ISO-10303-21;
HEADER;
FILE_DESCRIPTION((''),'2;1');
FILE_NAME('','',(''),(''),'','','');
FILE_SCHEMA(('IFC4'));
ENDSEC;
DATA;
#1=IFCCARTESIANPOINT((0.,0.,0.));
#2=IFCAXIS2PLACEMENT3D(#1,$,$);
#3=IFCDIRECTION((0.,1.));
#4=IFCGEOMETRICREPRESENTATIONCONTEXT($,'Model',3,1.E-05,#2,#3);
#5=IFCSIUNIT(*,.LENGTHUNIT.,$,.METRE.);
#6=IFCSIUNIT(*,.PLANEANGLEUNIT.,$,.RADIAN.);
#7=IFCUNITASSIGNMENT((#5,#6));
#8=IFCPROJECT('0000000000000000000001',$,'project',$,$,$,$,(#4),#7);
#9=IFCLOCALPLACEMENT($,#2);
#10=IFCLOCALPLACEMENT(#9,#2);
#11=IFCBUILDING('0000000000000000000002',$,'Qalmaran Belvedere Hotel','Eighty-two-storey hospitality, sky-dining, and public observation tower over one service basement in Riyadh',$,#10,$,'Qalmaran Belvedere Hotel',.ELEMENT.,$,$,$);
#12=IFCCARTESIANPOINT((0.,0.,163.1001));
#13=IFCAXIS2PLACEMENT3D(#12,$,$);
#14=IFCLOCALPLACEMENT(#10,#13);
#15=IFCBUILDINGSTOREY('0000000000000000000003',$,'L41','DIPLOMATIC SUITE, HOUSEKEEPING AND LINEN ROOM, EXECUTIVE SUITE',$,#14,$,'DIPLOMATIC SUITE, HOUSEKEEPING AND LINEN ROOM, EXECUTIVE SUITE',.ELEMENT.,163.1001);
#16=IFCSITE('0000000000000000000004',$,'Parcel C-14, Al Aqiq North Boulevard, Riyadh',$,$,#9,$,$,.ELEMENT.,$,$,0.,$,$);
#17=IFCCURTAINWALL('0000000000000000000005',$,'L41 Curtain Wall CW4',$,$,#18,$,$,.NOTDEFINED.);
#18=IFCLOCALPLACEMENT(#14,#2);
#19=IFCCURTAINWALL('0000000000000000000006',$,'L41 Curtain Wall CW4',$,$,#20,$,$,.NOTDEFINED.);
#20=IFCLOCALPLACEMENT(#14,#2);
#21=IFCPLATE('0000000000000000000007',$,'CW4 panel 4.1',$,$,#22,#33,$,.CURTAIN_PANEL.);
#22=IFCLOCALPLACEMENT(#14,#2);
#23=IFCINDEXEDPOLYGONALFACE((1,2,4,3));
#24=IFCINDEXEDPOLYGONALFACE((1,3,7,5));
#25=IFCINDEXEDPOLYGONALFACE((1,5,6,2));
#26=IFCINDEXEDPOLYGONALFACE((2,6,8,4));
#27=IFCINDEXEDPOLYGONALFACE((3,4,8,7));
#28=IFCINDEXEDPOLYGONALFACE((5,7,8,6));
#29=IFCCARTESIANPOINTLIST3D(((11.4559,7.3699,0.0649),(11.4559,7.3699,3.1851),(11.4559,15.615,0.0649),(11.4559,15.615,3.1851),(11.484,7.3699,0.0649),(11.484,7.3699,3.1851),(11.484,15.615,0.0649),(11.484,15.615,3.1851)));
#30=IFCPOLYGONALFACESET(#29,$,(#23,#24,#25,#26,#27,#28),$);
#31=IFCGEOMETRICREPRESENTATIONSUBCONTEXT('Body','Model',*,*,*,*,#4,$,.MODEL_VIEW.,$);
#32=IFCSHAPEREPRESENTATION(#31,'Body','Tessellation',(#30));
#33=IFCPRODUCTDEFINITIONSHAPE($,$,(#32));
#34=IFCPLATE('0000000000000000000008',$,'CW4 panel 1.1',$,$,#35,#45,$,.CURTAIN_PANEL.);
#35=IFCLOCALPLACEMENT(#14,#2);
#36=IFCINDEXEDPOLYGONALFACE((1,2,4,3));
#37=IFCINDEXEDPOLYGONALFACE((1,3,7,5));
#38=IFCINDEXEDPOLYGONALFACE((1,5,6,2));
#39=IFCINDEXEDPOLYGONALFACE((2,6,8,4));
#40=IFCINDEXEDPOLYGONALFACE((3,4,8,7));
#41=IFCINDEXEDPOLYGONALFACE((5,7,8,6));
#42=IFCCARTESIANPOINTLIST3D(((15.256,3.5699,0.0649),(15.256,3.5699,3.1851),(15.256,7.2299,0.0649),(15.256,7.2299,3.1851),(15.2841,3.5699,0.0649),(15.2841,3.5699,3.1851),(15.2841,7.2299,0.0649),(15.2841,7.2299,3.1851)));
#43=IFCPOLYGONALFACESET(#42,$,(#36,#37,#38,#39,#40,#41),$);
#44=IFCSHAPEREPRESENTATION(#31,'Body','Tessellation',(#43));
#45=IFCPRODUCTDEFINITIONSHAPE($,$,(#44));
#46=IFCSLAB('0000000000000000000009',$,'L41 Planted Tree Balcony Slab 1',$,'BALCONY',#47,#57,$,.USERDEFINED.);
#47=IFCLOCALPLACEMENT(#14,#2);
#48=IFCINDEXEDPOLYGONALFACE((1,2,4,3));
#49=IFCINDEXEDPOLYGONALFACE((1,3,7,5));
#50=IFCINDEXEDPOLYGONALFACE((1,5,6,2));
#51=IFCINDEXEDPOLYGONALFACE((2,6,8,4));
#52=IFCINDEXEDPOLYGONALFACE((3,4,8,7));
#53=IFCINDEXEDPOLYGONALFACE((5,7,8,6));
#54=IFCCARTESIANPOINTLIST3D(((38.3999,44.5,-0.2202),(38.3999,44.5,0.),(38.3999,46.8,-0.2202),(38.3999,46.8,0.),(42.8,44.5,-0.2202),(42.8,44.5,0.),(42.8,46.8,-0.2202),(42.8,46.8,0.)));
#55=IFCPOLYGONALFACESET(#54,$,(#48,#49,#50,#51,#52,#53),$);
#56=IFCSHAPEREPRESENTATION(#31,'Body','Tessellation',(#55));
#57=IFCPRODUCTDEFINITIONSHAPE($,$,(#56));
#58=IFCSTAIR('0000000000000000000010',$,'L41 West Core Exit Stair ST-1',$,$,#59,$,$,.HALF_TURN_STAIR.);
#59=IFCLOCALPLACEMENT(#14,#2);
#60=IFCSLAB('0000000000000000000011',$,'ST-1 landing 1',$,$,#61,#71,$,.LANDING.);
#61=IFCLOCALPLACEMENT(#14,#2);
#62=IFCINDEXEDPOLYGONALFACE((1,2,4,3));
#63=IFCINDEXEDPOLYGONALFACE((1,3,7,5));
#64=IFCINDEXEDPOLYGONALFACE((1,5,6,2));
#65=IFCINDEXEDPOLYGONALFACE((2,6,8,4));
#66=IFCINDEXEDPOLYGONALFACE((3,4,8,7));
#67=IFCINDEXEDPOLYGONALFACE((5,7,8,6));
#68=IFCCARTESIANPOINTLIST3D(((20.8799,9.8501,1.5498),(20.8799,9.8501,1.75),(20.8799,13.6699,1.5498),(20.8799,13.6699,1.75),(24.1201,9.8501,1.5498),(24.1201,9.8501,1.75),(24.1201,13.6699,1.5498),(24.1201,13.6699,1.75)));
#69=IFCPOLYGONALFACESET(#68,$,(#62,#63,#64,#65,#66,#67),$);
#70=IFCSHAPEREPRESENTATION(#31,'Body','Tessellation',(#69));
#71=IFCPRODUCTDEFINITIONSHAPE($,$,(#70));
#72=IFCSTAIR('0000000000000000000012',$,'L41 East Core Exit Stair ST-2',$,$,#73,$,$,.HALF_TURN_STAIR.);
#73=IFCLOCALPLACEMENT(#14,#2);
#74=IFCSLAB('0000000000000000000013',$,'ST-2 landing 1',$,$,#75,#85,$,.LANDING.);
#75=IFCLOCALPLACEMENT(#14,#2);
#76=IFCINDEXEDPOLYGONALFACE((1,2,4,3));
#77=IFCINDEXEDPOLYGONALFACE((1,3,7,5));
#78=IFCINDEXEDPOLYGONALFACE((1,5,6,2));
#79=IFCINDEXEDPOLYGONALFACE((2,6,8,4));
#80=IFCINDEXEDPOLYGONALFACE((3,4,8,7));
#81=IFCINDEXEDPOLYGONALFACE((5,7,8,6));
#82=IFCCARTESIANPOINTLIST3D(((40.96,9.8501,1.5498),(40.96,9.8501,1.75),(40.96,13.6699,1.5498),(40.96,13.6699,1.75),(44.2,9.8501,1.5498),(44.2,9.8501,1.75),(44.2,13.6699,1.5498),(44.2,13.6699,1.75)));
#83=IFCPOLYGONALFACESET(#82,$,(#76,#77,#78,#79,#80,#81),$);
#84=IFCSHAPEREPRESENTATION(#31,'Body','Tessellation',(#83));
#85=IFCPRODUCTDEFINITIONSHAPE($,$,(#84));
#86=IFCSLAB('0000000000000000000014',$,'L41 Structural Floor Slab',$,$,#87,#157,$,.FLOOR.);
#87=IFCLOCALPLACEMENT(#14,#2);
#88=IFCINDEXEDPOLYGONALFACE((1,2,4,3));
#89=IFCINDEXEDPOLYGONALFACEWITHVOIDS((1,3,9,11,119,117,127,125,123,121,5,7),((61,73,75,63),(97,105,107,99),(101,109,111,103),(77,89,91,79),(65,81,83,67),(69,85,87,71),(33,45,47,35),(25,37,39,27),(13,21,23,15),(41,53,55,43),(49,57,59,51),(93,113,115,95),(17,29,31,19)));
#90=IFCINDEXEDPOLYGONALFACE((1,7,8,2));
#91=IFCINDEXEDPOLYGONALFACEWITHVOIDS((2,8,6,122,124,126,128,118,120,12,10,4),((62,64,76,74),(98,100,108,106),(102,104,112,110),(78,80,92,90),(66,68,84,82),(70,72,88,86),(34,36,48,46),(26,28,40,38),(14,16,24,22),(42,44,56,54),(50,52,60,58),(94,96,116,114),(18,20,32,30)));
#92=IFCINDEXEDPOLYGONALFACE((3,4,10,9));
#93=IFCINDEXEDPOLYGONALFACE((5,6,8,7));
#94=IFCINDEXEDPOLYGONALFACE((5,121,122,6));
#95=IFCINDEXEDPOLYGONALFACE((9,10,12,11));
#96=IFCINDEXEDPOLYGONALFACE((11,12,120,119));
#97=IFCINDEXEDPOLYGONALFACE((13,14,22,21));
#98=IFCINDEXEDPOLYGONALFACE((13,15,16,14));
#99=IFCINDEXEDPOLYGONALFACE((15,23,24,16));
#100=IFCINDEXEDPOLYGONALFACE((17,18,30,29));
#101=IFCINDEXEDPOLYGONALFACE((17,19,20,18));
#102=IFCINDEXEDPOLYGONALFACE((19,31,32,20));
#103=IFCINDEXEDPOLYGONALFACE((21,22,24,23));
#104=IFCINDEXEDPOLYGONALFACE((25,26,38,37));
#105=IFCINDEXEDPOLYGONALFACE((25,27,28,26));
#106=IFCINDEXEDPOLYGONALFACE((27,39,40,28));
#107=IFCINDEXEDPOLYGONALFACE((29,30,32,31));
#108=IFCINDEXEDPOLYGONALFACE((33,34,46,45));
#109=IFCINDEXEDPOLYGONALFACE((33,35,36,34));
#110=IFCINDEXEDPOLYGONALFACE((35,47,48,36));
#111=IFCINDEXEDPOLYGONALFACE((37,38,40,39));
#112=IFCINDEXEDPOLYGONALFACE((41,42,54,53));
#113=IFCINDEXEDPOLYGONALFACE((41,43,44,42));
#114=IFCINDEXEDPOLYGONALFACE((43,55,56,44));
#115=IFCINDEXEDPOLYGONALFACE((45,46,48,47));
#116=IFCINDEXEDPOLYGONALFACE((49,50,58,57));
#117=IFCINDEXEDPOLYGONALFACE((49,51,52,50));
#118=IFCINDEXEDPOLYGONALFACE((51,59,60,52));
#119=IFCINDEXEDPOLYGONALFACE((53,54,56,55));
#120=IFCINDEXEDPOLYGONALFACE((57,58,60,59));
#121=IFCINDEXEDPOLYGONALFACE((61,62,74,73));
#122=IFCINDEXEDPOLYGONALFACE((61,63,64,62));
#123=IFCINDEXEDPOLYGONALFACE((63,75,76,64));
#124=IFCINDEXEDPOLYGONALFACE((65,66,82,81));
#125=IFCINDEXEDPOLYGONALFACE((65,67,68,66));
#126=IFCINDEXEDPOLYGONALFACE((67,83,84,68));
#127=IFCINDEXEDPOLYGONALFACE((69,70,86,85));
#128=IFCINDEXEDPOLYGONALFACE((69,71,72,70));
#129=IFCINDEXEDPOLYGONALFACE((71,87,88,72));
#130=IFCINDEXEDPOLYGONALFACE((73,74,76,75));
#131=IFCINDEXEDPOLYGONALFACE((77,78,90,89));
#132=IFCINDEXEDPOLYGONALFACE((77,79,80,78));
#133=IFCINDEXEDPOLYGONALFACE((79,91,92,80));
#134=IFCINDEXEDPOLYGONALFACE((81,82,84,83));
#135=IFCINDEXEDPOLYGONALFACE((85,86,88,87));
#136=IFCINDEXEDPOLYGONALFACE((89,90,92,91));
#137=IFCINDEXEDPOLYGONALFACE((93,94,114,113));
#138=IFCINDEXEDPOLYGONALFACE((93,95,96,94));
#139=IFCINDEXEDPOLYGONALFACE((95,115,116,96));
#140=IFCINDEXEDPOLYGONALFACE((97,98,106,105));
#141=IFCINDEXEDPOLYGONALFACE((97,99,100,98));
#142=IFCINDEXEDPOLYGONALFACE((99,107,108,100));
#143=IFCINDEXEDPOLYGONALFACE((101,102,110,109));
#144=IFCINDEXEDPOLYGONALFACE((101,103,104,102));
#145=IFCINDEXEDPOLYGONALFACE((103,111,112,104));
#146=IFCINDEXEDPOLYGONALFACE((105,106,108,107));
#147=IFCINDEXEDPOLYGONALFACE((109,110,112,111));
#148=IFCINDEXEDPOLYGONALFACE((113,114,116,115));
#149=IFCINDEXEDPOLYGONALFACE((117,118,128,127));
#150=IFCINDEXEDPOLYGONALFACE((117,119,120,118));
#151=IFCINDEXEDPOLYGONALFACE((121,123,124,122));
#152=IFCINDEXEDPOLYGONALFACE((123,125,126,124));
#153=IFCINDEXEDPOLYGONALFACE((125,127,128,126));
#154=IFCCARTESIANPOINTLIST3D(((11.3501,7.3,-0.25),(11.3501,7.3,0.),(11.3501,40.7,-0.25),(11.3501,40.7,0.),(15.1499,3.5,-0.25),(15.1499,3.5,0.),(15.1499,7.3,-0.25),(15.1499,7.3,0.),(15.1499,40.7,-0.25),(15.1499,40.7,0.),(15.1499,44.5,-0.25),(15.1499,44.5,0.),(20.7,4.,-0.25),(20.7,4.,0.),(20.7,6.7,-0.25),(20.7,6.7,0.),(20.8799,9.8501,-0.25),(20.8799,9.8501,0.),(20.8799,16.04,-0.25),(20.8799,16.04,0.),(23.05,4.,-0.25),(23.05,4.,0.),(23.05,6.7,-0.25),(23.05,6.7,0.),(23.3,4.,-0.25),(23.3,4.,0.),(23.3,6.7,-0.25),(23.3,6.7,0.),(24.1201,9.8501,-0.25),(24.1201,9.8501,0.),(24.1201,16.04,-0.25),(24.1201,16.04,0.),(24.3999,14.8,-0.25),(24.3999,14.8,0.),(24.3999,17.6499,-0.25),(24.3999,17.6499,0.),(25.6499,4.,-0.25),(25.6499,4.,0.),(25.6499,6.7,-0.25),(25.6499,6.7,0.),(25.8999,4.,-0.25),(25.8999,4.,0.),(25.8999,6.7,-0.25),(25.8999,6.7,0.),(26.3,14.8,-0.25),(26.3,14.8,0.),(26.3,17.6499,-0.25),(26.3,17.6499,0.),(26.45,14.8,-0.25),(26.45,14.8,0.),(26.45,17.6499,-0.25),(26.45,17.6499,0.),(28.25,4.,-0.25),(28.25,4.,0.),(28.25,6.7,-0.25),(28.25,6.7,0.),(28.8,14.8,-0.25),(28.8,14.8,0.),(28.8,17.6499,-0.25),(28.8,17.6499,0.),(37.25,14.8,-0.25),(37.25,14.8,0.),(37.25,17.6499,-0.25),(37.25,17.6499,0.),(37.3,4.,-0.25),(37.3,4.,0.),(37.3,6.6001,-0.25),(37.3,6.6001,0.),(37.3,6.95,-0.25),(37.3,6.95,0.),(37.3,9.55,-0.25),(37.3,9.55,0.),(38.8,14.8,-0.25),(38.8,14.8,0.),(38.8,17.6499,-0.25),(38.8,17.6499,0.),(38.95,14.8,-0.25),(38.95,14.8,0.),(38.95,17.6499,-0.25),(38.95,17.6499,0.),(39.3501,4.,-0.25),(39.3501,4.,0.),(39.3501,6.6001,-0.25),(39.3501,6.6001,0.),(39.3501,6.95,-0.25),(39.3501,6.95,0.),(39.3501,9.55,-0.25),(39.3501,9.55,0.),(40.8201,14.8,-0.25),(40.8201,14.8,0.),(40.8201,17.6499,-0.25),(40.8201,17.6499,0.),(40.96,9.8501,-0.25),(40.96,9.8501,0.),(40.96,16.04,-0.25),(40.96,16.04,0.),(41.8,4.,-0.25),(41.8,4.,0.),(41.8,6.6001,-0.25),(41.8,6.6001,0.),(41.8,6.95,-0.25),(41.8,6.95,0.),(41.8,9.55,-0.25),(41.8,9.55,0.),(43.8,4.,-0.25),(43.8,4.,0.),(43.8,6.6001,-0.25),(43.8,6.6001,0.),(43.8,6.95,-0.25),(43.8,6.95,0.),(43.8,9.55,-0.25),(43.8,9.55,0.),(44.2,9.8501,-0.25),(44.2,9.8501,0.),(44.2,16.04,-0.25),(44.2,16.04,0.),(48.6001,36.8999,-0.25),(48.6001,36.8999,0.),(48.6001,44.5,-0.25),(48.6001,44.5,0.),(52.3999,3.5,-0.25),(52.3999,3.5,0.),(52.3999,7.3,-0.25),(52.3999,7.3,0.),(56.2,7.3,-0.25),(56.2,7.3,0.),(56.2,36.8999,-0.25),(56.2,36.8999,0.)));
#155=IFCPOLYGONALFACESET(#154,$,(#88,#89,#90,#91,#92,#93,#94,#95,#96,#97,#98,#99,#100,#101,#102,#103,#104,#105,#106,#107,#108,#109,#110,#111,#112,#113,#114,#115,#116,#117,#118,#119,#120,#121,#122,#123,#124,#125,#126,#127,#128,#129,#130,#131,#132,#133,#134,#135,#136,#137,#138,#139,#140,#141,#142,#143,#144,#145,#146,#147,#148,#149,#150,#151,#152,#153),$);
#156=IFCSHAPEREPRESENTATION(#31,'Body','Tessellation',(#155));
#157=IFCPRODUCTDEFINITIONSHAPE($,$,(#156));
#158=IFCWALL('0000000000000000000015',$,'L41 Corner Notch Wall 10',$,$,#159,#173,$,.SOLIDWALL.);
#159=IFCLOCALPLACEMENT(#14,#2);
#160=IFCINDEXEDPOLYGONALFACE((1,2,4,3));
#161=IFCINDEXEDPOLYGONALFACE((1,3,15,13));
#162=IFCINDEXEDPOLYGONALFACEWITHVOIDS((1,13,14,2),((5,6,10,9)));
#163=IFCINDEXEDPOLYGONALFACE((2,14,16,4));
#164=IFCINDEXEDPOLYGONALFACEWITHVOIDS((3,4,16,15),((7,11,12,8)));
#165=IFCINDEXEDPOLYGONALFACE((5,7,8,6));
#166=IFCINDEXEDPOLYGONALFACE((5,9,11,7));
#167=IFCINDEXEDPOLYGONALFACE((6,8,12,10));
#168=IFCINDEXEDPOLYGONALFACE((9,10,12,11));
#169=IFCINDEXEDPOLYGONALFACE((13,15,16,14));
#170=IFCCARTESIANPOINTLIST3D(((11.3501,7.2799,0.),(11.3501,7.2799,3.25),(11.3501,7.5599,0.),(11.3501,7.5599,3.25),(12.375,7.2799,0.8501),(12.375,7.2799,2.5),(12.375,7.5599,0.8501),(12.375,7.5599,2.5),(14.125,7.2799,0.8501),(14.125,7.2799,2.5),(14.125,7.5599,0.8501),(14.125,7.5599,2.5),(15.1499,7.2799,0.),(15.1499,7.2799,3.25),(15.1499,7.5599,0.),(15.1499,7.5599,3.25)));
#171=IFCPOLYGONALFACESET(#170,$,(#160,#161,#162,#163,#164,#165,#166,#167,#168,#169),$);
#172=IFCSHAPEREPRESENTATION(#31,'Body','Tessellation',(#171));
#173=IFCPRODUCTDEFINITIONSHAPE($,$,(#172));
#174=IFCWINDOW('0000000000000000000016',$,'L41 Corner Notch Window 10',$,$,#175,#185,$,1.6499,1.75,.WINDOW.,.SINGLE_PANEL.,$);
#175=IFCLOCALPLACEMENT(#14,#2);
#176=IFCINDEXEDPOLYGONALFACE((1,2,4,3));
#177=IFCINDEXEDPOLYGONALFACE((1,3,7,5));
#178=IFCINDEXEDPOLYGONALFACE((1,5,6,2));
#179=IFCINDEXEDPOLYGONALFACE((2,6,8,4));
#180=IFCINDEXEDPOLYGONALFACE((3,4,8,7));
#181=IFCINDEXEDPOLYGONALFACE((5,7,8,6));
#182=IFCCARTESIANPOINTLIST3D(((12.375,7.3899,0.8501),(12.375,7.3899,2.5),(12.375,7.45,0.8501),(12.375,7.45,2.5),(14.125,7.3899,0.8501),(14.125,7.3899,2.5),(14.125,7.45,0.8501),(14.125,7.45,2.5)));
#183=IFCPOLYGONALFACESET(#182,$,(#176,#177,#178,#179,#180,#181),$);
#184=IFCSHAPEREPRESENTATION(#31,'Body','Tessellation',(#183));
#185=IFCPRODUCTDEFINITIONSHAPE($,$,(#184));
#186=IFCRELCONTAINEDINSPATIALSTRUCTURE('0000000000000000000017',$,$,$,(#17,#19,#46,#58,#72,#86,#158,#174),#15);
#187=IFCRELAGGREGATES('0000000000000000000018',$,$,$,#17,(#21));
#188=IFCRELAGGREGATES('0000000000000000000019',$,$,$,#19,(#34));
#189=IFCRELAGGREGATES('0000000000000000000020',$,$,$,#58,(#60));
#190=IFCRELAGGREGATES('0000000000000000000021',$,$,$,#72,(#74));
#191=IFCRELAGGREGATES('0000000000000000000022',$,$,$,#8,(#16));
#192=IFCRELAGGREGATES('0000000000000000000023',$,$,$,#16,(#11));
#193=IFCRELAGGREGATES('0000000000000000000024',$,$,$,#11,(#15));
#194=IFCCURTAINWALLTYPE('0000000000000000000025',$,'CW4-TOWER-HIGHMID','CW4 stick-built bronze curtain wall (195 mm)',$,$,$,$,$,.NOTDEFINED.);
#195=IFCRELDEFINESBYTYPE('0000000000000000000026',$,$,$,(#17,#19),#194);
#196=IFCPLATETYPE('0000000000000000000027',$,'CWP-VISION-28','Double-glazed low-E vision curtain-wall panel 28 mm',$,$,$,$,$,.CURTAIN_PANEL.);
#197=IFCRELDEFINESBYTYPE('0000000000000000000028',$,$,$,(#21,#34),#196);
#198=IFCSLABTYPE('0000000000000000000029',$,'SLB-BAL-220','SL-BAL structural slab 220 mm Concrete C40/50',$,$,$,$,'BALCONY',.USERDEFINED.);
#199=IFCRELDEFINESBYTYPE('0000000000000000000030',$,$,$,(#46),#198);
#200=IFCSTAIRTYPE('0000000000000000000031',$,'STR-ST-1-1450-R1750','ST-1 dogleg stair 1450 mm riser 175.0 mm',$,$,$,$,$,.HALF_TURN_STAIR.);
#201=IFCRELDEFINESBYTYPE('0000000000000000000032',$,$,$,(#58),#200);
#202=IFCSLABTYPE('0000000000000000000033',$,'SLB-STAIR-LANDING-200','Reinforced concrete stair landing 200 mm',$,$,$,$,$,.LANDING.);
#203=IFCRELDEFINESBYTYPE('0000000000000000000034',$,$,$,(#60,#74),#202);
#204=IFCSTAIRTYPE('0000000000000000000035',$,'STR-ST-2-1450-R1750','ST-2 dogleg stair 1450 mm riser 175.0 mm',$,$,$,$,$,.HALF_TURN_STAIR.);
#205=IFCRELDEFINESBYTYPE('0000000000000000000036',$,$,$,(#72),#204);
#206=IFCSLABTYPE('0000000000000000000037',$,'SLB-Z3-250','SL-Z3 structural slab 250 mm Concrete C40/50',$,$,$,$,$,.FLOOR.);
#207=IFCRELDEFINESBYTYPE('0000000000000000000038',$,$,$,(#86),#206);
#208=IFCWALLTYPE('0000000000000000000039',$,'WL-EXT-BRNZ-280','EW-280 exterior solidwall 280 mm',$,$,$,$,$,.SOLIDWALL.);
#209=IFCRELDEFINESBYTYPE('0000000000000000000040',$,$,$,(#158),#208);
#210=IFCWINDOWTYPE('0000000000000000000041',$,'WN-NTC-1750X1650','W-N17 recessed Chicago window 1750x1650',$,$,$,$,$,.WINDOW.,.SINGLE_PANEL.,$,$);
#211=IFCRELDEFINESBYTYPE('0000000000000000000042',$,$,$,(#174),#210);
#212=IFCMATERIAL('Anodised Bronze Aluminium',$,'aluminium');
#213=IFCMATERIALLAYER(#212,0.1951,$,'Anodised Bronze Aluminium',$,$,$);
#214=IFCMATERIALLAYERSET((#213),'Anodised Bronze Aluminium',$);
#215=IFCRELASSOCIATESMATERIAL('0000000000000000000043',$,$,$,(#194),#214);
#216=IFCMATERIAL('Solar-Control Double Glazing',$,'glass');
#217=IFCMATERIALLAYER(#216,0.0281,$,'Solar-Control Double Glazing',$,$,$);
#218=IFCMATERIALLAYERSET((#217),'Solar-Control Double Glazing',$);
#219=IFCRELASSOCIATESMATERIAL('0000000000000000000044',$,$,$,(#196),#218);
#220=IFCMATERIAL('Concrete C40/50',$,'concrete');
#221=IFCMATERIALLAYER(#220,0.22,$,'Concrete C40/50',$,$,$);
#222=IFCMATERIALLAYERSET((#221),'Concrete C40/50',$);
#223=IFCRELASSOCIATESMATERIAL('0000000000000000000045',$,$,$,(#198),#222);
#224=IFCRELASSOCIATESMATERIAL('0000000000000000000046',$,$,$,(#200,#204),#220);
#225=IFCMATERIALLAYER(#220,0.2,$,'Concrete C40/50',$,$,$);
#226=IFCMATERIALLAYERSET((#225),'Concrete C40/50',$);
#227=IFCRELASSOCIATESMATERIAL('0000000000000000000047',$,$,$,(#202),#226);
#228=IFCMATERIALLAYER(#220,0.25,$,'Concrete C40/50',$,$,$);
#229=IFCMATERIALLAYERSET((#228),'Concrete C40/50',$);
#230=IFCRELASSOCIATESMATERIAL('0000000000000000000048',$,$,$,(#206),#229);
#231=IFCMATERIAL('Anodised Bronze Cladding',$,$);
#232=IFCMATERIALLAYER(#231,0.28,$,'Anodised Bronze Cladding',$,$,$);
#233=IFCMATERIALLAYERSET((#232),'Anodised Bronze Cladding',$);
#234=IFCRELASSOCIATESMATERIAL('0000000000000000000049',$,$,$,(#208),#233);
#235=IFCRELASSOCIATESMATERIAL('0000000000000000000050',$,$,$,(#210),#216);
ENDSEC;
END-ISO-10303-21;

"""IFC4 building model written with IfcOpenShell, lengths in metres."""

from ifc_helpers import new_model, si_unit, direction, frame, frame_2d, origin, origin_2d, place, context, subcontext, project, spatial, polyline, rectangle, outline, extrude, material, layer, layer_set, type_object, element, fill, aggregate, save


model = new_model("IFC4")

# Units and contexts
model_context = context("Model", 3, precision=1e-05, world=origin(), true_north=direction((0.0, 1.0)))
body_context = subcontext(model_context, "Body", "Model", "MODEL_VIEW")
ifc_project = project(units=[si_unit("LENGTHUNIT", "METRE"), si_unit("PLANEANGLEUNIT", "RADIAN")], contexts=[model_context])

# Site, building, storey
site_placement = place(None, origin())
site = spatial("IfcSite", under=ifc_project, at=site_placement, Name="Parcel C-14, Al Aqiq North Boulevard, Riyadh", CompositionType="ELEMENT", RefElevation=0.0)
building_placement = place(site_placement, origin())
building = spatial("IfcBuilding", under=site, at=building_placement, Name="Qalmaran Belvedere Hotel", Description="Eighty-two-storey hospitality, sky-dining, and public observation tower over one service basement in Riyadh", LongName="Qalmaran Belvedere Hotel", CompositionType="ELEMENT")
storey_placement = place(building_placement, frame((0.0, 0.0, 163.1001)))
storey = spatial("IfcBuildingStorey", under=building, at=storey_placement, Name="L41", Description="DIPLOMATIC SUITE, HOUSEKEEPING AND LINEN ROOM, EXECUTIVE SUITE", LongName="DIPLOMATIC SUITE, HOUSEKEEPING AND LINEN ROOM, EXECUTIVE SUITE", CompositionType="ELEMENT", Elevation=163.1001)

# Shared definitions
ifc_material_1 = material(Name="Anodised Bronze Aluminium", Category="aluminium")
ifc_layer_1 = layer(ifc_material_1, 0.1951, Name="Anodised Bronze Aluminium")
ifc_layer_set_1 = layer_set([ifc_layer_1], Name="Anodised Bronze Aluminium")
curtain_wall_type = type_object("IfcCurtainWallType", Name="CW4-TOWER-HIGHMID", Description="CW4 stick-built bronze curtain wall (195 mm)", PredefinedType="NOTDEFINED", material=ifc_layer_set_1)

# Curtain wall
curtain_wall_1_placement = place(storey_placement, origin())
curtain_wall_1 = element("IfcCurtainWall", 1, at=curtain_wall_1_placement, inside=storey, type_object=curtain_wall_type, Name="L41 Curtain Wall CW4", PredefinedType="NOTDEFINED")

# Curtain wall
curtain_wall_2_placement = place(storey_placement, origin())
curtain_wall_2 = element("IfcCurtainWall", 2, at=curtain_wall_2_placement, inside=storey, type_object=curtain_wall_type, Name="L41 Curtain Wall CW4", PredefinedType="NOTDEFINED")

# Plates
ifc_material_2 = material(Name="Solar-Control Double Glazing", Category="glass")
ifc_layer_2 = layer(ifc_material_2, 0.0281, Name="Solar-Control Double Glazing")
ifc_layer_set_2 = layer_set([ifc_layer_2], Name="Solar-Control Double Glazing")
plate_type = type_object("IfcPlateType", Name="CWP-VISION-28", Description="Double-glazed low-E vision curtain-wall panel 28 mm", PredefinedType="CURTAIN_PANEL", material=ifc_layer_set_2)
plate_1_placement = place(storey_placement, frame((11.47, 11.4924, 0.0649), z_axis=(0.0, 0.0, 1.0), x_axis=(0.0, -1.0, 0.0)))
plate_1 = element("IfcPlate", 3, at=plate_1_placement, type_object=plate_type, Name="CW4 panel 4.1", PredefinedType="CURTAIN_PANEL", context=body_context, shape_type="SweptSolid", body=[
    extrude(rectangle(XDim=8.2451, YDim=0.0281, at=origin_2d()), origin(), (0.0, 0.0, 1.0), 3.1201),
])
aggregate(curtain_wall_1, [plate_1])
plate_2_placement = place(storey_placement, frame((15.27, 5.3999, 0.0649), z_axis=(0.0, 0.0, 1.0), x_axis=(0.0, -1.0, 0.0)))
plate_2 = element("IfcPlate", 4, at=plate_2_placement, type_object=plate_type, Name="CW4 panel 1.1", PredefinedType="CURTAIN_PANEL", context=body_context, shape_type="SweptSolid", body=[
    extrude(rectangle(XDim=3.6599, YDim=0.0281, at=origin_2d()), origin(), (0.0, 0.0, 1.0), 3.1201),
])
aggregate(curtain_wall_2, [plate_2])

# Slab
ifc_material_3 = material(Name="Concrete C40/50", Category="concrete")
ifc_layer_3 = layer(ifc_material_3, 0.22, Name="Concrete C40/50")
ifc_layer_set_3 = layer_set([ifc_layer_3], Name="Concrete C40/50")
slab_type_1 = type_object("IfcSlabType", Name="SLB-BAL-220", Description="SL-BAL structural slab 220 mm Concrete C40/50", ElementType="BALCONY", PredefinedType="USERDEFINED", material=ifc_layer_set_3)
slab_1_placement = place(storey_placement, frame((0.0, 0.0, -0.2202)))
element("IfcSlab", 5, at=slab_1_placement, inside=storey, type_object=slab_type_1, Name="L41 Planted Tree Balcony Slab 1", ObjectType="BALCONY", PredefinedType="USERDEFINED", context=body_context, shape_type="SweptSolid", body=[
    extrude(outline(polyline([(38.3999, 44.5), (42.8, 44.5), (42.8, 46.8), (38.3999, 46.8), (38.3999, 44.5)])), origin(), (0.0, 0.0, 1.0), 0.2202),
])

# Stairs, slabs
stair_type_1 = type_object("IfcStairType", Name="STR-ST-1-1450-R1750", Description="ST-1 dogleg stair 1450 mm riser 175.0 mm", PredefinedType="HALF_TURN_STAIR", material=ifc_material_3)
stair_1_placement = place(storey_placement, origin())
stair_1 = element("IfcStair", 6, at=stair_1_placement, inside=storey, type_object=stair_type_1, Name="L41 West Core Exit Stair ST-1", PredefinedType="HALF_TURN_STAIR")
ifc_layer_4 = layer(ifc_material_3, 0.2, Name="Concrete C40/50")
ifc_layer_set_4 = layer_set([ifc_layer_4], Name="Concrete C40/50")
slab_type_2 = type_object("IfcSlabType", Name="SLB-STAIR-LANDING-200", Description="Reinforced concrete stair landing 200 mm", PredefinedType="LANDING", material=ifc_layer_set_4)
slab_2_placement = place(storey_placement, frame((0.0, 0.0, 1.5498)))
slab_2 = element("IfcSlab", 7, at=slab_2_placement, type_object=slab_type_2, Name="ST-1 landing 1", PredefinedType="LANDING", context=body_context, shape_type="SweptSolid", body=[
    extrude(outline(polyline([(20.8799, 13.6699), (20.8799, 9.8501), (24.1201, 9.8501), (24.1201, 13.6699), (20.8799, 13.6699)])), origin(), (0.0, 0.0, 1.0), 0.2002),
])
aggregate(stair_1, [slab_2])
stair_type_2 = type_object("IfcStairType", Name="STR-ST-2-1450-R1750", Description="ST-2 dogleg stair 1450 mm riser 175.0 mm", PredefinedType="HALF_TURN_STAIR", material=ifc_material_3)
stair_2_placement = place(storey_placement, origin())
stair_2 = element("IfcStair", 8, at=stair_2_placement, inside=storey, type_object=stair_type_2, Name="L41 East Core Exit Stair ST-2", PredefinedType="HALF_TURN_STAIR")
slab_3_placement = place(storey_placement, frame((0.0, 0.0, 1.5498)))
slab_3 = element("IfcSlab", 9, at=slab_3_placement, type_object=slab_type_2, Name="ST-2 landing 1", PredefinedType="LANDING", context=body_context, shape_type="SweptSolid", body=[
    extrude(outline(polyline([(40.96, 13.6699), (40.96, 9.8501), (44.2, 9.8501), (44.2, 13.6699), (40.96, 13.6699)])), origin(), (0.0, 0.0, 1.0), 0.2002),
])
aggregate(stair_2, [slab_3])

# Slab
ifc_layer_5 = layer(ifc_material_3, 0.25, Name="Concrete C40/50")
ifc_layer_set_5 = layer_set([ifc_layer_5], Name="Concrete C40/50")
slab_type_3 = type_object("IfcSlabType", Name="SLB-Z3-250", Description="SL-Z3 structural slab 250 mm Concrete C40/50", PredefinedType="FLOOR", material=ifc_layer_set_5)
slab_4_placement = place(storey_placement, frame((0.0, 0.0, -0.25)))
element("IfcSlab", 10, at=slab_4_placement, inside=storey, type_object=slab_type_3, Name="L41 Structural Floor Slab", PredefinedType="FLOOR", context=body_context, shape_type="SweptSolid", body=[
    extrude(outline(polyline([(15.1499, 3.5), (52.3999, 3.5), (52.3999, 7.3), (56.2, 7.3), (56.2, 36.8999), (48.6001, 36.8999), (48.6001, 44.5), (15.1499, 44.5), (15.1499, 40.7), (11.3501, 40.7), (11.3501, 7.3), (15.1499, 7.3), (15.1499, 3.5)]), holes=[polyline([(20.8799, 9.8501), (24.1201, 9.8501), (24.1201, 16.04), (20.8799, 16.04), (20.8799, 9.8501)]), polyline([(40.96, 9.8501), (44.2, 9.8501), (44.2, 16.04), (40.96, 16.04), (40.96, 9.8501)]), polyline([(37.3, 4.0), (39.3501, 4.0), (39.3501, 6.6001), (37.3, 6.6001), (37.3, 4.0)]), polyline([(37.3, 6.95), (39.3501, 6.95), (39.3501, 9.55), (37.3, 9.55), (37.3, 6.95)]), polyline([(41.8, 4.0), (43.8, 4.0), (43.8, 6.6001), (41.8, 6.6001), (41.8, 4.0)]), polyline([(41.8, 6.95), (43.8, 6.95), (43.8, 9.55), (41.8, 9.55), (41.8, 6.95)]), polyline([(20.7, 4.0), (23.05, 4.0), (23.05, 6.7), (20.7, 6.7), (20.7, 4.0)]), polyline([(23.3, 4.0), (25.6499, 4.0), (25.6499, 6.7), (23.3, 6.7), (23.3, 4.0)]), polyline([(25.8999, 4.0), (28.25, 4.0), (28.25, 6.7), (25.8999, 6.7), (25.8999, 4.0)]), polyline([(24.3999, 14.8), (26.3, 14.8), (26.3, 17.6499), (24.3999, 17.6499), (24.3999, 14.8)]), polyline([(38.95, 14.8), (40.8201, 14.8), (40.8201, 17.6499), (38.95, 17.6499), (38.95, 14.8)]), polyline([(26.45, 14.8), (28.8, 14.8), (28.8, 17.6499), (26.45, 17.6499), (26.45, 14.8)]), polyline([(37.25, 14.8), (38.8, 14.8), (38.8, 17.6499), (37.25, 17.6499), (37.25, 14.8)])]), origin(), (0.0, 0.0, 1.0), 0.25),
])

# Wall, opening, window
ifc_material_4 = material(Name="Anodised Bronze Cladding")
ifc_layer_6 = layer(ifc_material_4, 0.28, Name="Anodised Bronze Cladding")
ifc_layer_set_6 = layer_set([ifc_layer_6], Name="Anodised Bronze Cladding")
wall_type_1 = type_object("IfcWallType", Name="WL-EXT-BRNZ-280", Description="EW-280 exterior solidwall 280 mm", PredefinedType="SOLIDWALL", material=ifc_layer_set_6)
wall_1_placement = place(storey_placement, frame((11.3501, 7.4199, 0.0), z_axis=(0.0, 0.0, 1.0), x_axis=(1.0, 0.0, 0.0)))
wall_1 = element("IfcWall", 11, at=wall_1_placement, inside=storey, type_object=wall_type_1, Name="L41 Corner Notch Wall 10", PredefinedType="SOLIDWALL", context=body_context, shape_type="SweptSolid", body=[
    extrude(rectangle(XDim=3.7998, YDim=0.28, at=frame_2d((1.8999, 0.0))), origin(), (0.0, 0.0, 1.0), 3.25),
])
opening_placement = place(wall_1_placement, frame((1.0249, 0.0, 0.8501)))
opening = element("IfcOpeningElement", 12, at=opening_placement, cuts=wall_1, PredefinedType="OPENING", context=body_context, shape_type="SweptSolid", body=[
    extrude(rectangle(XDim=1.75, YDim=1.6499, at=frame_2d((0.875, 0.825))), frame((0.0, 0.1499, 0.0), z_axis=(0.0, -1.0, 0.0), x_axis=(1.0, 0.0, 0.0)), (0.0, 0.0, 1.0), 0.3),
])
window_type = type_object("IfcWindowType", Name="WN-NTC-1750X1650", Description="W-N17 recessed Chicago window 1750x1650", PartitioningType="SINGLE_PANEL", PredefinedType="WINDOW", material=ifc_material_2)
window_placement = place(opening_placement, origin())
window = element("IfcWindow", 13, at=window_placement, inside=storey, type_object=window_type, Name="L41 Corner Notch Window 10", OverallHeight=1.6499, OverallWidth=1.75, PartitioningType="SINGLE_PANEL", PredefinedType="WINDOW", context=body_context, shape_type="SweptSolid", body=[
    extrude(rectangle(XDim=1.75, YDim=1.6499, at=frame_2d((0.875, 0.825))), frame((0.0, 0.03, 0.0), z_axis=(0.0, -1.0, 0.0), x_axis=(1.0, 0.0, 0.0)), (0.0, 0.0, 1.0), 0.0601),
])
fill(opening, window)

save(model, "model.ifc")
